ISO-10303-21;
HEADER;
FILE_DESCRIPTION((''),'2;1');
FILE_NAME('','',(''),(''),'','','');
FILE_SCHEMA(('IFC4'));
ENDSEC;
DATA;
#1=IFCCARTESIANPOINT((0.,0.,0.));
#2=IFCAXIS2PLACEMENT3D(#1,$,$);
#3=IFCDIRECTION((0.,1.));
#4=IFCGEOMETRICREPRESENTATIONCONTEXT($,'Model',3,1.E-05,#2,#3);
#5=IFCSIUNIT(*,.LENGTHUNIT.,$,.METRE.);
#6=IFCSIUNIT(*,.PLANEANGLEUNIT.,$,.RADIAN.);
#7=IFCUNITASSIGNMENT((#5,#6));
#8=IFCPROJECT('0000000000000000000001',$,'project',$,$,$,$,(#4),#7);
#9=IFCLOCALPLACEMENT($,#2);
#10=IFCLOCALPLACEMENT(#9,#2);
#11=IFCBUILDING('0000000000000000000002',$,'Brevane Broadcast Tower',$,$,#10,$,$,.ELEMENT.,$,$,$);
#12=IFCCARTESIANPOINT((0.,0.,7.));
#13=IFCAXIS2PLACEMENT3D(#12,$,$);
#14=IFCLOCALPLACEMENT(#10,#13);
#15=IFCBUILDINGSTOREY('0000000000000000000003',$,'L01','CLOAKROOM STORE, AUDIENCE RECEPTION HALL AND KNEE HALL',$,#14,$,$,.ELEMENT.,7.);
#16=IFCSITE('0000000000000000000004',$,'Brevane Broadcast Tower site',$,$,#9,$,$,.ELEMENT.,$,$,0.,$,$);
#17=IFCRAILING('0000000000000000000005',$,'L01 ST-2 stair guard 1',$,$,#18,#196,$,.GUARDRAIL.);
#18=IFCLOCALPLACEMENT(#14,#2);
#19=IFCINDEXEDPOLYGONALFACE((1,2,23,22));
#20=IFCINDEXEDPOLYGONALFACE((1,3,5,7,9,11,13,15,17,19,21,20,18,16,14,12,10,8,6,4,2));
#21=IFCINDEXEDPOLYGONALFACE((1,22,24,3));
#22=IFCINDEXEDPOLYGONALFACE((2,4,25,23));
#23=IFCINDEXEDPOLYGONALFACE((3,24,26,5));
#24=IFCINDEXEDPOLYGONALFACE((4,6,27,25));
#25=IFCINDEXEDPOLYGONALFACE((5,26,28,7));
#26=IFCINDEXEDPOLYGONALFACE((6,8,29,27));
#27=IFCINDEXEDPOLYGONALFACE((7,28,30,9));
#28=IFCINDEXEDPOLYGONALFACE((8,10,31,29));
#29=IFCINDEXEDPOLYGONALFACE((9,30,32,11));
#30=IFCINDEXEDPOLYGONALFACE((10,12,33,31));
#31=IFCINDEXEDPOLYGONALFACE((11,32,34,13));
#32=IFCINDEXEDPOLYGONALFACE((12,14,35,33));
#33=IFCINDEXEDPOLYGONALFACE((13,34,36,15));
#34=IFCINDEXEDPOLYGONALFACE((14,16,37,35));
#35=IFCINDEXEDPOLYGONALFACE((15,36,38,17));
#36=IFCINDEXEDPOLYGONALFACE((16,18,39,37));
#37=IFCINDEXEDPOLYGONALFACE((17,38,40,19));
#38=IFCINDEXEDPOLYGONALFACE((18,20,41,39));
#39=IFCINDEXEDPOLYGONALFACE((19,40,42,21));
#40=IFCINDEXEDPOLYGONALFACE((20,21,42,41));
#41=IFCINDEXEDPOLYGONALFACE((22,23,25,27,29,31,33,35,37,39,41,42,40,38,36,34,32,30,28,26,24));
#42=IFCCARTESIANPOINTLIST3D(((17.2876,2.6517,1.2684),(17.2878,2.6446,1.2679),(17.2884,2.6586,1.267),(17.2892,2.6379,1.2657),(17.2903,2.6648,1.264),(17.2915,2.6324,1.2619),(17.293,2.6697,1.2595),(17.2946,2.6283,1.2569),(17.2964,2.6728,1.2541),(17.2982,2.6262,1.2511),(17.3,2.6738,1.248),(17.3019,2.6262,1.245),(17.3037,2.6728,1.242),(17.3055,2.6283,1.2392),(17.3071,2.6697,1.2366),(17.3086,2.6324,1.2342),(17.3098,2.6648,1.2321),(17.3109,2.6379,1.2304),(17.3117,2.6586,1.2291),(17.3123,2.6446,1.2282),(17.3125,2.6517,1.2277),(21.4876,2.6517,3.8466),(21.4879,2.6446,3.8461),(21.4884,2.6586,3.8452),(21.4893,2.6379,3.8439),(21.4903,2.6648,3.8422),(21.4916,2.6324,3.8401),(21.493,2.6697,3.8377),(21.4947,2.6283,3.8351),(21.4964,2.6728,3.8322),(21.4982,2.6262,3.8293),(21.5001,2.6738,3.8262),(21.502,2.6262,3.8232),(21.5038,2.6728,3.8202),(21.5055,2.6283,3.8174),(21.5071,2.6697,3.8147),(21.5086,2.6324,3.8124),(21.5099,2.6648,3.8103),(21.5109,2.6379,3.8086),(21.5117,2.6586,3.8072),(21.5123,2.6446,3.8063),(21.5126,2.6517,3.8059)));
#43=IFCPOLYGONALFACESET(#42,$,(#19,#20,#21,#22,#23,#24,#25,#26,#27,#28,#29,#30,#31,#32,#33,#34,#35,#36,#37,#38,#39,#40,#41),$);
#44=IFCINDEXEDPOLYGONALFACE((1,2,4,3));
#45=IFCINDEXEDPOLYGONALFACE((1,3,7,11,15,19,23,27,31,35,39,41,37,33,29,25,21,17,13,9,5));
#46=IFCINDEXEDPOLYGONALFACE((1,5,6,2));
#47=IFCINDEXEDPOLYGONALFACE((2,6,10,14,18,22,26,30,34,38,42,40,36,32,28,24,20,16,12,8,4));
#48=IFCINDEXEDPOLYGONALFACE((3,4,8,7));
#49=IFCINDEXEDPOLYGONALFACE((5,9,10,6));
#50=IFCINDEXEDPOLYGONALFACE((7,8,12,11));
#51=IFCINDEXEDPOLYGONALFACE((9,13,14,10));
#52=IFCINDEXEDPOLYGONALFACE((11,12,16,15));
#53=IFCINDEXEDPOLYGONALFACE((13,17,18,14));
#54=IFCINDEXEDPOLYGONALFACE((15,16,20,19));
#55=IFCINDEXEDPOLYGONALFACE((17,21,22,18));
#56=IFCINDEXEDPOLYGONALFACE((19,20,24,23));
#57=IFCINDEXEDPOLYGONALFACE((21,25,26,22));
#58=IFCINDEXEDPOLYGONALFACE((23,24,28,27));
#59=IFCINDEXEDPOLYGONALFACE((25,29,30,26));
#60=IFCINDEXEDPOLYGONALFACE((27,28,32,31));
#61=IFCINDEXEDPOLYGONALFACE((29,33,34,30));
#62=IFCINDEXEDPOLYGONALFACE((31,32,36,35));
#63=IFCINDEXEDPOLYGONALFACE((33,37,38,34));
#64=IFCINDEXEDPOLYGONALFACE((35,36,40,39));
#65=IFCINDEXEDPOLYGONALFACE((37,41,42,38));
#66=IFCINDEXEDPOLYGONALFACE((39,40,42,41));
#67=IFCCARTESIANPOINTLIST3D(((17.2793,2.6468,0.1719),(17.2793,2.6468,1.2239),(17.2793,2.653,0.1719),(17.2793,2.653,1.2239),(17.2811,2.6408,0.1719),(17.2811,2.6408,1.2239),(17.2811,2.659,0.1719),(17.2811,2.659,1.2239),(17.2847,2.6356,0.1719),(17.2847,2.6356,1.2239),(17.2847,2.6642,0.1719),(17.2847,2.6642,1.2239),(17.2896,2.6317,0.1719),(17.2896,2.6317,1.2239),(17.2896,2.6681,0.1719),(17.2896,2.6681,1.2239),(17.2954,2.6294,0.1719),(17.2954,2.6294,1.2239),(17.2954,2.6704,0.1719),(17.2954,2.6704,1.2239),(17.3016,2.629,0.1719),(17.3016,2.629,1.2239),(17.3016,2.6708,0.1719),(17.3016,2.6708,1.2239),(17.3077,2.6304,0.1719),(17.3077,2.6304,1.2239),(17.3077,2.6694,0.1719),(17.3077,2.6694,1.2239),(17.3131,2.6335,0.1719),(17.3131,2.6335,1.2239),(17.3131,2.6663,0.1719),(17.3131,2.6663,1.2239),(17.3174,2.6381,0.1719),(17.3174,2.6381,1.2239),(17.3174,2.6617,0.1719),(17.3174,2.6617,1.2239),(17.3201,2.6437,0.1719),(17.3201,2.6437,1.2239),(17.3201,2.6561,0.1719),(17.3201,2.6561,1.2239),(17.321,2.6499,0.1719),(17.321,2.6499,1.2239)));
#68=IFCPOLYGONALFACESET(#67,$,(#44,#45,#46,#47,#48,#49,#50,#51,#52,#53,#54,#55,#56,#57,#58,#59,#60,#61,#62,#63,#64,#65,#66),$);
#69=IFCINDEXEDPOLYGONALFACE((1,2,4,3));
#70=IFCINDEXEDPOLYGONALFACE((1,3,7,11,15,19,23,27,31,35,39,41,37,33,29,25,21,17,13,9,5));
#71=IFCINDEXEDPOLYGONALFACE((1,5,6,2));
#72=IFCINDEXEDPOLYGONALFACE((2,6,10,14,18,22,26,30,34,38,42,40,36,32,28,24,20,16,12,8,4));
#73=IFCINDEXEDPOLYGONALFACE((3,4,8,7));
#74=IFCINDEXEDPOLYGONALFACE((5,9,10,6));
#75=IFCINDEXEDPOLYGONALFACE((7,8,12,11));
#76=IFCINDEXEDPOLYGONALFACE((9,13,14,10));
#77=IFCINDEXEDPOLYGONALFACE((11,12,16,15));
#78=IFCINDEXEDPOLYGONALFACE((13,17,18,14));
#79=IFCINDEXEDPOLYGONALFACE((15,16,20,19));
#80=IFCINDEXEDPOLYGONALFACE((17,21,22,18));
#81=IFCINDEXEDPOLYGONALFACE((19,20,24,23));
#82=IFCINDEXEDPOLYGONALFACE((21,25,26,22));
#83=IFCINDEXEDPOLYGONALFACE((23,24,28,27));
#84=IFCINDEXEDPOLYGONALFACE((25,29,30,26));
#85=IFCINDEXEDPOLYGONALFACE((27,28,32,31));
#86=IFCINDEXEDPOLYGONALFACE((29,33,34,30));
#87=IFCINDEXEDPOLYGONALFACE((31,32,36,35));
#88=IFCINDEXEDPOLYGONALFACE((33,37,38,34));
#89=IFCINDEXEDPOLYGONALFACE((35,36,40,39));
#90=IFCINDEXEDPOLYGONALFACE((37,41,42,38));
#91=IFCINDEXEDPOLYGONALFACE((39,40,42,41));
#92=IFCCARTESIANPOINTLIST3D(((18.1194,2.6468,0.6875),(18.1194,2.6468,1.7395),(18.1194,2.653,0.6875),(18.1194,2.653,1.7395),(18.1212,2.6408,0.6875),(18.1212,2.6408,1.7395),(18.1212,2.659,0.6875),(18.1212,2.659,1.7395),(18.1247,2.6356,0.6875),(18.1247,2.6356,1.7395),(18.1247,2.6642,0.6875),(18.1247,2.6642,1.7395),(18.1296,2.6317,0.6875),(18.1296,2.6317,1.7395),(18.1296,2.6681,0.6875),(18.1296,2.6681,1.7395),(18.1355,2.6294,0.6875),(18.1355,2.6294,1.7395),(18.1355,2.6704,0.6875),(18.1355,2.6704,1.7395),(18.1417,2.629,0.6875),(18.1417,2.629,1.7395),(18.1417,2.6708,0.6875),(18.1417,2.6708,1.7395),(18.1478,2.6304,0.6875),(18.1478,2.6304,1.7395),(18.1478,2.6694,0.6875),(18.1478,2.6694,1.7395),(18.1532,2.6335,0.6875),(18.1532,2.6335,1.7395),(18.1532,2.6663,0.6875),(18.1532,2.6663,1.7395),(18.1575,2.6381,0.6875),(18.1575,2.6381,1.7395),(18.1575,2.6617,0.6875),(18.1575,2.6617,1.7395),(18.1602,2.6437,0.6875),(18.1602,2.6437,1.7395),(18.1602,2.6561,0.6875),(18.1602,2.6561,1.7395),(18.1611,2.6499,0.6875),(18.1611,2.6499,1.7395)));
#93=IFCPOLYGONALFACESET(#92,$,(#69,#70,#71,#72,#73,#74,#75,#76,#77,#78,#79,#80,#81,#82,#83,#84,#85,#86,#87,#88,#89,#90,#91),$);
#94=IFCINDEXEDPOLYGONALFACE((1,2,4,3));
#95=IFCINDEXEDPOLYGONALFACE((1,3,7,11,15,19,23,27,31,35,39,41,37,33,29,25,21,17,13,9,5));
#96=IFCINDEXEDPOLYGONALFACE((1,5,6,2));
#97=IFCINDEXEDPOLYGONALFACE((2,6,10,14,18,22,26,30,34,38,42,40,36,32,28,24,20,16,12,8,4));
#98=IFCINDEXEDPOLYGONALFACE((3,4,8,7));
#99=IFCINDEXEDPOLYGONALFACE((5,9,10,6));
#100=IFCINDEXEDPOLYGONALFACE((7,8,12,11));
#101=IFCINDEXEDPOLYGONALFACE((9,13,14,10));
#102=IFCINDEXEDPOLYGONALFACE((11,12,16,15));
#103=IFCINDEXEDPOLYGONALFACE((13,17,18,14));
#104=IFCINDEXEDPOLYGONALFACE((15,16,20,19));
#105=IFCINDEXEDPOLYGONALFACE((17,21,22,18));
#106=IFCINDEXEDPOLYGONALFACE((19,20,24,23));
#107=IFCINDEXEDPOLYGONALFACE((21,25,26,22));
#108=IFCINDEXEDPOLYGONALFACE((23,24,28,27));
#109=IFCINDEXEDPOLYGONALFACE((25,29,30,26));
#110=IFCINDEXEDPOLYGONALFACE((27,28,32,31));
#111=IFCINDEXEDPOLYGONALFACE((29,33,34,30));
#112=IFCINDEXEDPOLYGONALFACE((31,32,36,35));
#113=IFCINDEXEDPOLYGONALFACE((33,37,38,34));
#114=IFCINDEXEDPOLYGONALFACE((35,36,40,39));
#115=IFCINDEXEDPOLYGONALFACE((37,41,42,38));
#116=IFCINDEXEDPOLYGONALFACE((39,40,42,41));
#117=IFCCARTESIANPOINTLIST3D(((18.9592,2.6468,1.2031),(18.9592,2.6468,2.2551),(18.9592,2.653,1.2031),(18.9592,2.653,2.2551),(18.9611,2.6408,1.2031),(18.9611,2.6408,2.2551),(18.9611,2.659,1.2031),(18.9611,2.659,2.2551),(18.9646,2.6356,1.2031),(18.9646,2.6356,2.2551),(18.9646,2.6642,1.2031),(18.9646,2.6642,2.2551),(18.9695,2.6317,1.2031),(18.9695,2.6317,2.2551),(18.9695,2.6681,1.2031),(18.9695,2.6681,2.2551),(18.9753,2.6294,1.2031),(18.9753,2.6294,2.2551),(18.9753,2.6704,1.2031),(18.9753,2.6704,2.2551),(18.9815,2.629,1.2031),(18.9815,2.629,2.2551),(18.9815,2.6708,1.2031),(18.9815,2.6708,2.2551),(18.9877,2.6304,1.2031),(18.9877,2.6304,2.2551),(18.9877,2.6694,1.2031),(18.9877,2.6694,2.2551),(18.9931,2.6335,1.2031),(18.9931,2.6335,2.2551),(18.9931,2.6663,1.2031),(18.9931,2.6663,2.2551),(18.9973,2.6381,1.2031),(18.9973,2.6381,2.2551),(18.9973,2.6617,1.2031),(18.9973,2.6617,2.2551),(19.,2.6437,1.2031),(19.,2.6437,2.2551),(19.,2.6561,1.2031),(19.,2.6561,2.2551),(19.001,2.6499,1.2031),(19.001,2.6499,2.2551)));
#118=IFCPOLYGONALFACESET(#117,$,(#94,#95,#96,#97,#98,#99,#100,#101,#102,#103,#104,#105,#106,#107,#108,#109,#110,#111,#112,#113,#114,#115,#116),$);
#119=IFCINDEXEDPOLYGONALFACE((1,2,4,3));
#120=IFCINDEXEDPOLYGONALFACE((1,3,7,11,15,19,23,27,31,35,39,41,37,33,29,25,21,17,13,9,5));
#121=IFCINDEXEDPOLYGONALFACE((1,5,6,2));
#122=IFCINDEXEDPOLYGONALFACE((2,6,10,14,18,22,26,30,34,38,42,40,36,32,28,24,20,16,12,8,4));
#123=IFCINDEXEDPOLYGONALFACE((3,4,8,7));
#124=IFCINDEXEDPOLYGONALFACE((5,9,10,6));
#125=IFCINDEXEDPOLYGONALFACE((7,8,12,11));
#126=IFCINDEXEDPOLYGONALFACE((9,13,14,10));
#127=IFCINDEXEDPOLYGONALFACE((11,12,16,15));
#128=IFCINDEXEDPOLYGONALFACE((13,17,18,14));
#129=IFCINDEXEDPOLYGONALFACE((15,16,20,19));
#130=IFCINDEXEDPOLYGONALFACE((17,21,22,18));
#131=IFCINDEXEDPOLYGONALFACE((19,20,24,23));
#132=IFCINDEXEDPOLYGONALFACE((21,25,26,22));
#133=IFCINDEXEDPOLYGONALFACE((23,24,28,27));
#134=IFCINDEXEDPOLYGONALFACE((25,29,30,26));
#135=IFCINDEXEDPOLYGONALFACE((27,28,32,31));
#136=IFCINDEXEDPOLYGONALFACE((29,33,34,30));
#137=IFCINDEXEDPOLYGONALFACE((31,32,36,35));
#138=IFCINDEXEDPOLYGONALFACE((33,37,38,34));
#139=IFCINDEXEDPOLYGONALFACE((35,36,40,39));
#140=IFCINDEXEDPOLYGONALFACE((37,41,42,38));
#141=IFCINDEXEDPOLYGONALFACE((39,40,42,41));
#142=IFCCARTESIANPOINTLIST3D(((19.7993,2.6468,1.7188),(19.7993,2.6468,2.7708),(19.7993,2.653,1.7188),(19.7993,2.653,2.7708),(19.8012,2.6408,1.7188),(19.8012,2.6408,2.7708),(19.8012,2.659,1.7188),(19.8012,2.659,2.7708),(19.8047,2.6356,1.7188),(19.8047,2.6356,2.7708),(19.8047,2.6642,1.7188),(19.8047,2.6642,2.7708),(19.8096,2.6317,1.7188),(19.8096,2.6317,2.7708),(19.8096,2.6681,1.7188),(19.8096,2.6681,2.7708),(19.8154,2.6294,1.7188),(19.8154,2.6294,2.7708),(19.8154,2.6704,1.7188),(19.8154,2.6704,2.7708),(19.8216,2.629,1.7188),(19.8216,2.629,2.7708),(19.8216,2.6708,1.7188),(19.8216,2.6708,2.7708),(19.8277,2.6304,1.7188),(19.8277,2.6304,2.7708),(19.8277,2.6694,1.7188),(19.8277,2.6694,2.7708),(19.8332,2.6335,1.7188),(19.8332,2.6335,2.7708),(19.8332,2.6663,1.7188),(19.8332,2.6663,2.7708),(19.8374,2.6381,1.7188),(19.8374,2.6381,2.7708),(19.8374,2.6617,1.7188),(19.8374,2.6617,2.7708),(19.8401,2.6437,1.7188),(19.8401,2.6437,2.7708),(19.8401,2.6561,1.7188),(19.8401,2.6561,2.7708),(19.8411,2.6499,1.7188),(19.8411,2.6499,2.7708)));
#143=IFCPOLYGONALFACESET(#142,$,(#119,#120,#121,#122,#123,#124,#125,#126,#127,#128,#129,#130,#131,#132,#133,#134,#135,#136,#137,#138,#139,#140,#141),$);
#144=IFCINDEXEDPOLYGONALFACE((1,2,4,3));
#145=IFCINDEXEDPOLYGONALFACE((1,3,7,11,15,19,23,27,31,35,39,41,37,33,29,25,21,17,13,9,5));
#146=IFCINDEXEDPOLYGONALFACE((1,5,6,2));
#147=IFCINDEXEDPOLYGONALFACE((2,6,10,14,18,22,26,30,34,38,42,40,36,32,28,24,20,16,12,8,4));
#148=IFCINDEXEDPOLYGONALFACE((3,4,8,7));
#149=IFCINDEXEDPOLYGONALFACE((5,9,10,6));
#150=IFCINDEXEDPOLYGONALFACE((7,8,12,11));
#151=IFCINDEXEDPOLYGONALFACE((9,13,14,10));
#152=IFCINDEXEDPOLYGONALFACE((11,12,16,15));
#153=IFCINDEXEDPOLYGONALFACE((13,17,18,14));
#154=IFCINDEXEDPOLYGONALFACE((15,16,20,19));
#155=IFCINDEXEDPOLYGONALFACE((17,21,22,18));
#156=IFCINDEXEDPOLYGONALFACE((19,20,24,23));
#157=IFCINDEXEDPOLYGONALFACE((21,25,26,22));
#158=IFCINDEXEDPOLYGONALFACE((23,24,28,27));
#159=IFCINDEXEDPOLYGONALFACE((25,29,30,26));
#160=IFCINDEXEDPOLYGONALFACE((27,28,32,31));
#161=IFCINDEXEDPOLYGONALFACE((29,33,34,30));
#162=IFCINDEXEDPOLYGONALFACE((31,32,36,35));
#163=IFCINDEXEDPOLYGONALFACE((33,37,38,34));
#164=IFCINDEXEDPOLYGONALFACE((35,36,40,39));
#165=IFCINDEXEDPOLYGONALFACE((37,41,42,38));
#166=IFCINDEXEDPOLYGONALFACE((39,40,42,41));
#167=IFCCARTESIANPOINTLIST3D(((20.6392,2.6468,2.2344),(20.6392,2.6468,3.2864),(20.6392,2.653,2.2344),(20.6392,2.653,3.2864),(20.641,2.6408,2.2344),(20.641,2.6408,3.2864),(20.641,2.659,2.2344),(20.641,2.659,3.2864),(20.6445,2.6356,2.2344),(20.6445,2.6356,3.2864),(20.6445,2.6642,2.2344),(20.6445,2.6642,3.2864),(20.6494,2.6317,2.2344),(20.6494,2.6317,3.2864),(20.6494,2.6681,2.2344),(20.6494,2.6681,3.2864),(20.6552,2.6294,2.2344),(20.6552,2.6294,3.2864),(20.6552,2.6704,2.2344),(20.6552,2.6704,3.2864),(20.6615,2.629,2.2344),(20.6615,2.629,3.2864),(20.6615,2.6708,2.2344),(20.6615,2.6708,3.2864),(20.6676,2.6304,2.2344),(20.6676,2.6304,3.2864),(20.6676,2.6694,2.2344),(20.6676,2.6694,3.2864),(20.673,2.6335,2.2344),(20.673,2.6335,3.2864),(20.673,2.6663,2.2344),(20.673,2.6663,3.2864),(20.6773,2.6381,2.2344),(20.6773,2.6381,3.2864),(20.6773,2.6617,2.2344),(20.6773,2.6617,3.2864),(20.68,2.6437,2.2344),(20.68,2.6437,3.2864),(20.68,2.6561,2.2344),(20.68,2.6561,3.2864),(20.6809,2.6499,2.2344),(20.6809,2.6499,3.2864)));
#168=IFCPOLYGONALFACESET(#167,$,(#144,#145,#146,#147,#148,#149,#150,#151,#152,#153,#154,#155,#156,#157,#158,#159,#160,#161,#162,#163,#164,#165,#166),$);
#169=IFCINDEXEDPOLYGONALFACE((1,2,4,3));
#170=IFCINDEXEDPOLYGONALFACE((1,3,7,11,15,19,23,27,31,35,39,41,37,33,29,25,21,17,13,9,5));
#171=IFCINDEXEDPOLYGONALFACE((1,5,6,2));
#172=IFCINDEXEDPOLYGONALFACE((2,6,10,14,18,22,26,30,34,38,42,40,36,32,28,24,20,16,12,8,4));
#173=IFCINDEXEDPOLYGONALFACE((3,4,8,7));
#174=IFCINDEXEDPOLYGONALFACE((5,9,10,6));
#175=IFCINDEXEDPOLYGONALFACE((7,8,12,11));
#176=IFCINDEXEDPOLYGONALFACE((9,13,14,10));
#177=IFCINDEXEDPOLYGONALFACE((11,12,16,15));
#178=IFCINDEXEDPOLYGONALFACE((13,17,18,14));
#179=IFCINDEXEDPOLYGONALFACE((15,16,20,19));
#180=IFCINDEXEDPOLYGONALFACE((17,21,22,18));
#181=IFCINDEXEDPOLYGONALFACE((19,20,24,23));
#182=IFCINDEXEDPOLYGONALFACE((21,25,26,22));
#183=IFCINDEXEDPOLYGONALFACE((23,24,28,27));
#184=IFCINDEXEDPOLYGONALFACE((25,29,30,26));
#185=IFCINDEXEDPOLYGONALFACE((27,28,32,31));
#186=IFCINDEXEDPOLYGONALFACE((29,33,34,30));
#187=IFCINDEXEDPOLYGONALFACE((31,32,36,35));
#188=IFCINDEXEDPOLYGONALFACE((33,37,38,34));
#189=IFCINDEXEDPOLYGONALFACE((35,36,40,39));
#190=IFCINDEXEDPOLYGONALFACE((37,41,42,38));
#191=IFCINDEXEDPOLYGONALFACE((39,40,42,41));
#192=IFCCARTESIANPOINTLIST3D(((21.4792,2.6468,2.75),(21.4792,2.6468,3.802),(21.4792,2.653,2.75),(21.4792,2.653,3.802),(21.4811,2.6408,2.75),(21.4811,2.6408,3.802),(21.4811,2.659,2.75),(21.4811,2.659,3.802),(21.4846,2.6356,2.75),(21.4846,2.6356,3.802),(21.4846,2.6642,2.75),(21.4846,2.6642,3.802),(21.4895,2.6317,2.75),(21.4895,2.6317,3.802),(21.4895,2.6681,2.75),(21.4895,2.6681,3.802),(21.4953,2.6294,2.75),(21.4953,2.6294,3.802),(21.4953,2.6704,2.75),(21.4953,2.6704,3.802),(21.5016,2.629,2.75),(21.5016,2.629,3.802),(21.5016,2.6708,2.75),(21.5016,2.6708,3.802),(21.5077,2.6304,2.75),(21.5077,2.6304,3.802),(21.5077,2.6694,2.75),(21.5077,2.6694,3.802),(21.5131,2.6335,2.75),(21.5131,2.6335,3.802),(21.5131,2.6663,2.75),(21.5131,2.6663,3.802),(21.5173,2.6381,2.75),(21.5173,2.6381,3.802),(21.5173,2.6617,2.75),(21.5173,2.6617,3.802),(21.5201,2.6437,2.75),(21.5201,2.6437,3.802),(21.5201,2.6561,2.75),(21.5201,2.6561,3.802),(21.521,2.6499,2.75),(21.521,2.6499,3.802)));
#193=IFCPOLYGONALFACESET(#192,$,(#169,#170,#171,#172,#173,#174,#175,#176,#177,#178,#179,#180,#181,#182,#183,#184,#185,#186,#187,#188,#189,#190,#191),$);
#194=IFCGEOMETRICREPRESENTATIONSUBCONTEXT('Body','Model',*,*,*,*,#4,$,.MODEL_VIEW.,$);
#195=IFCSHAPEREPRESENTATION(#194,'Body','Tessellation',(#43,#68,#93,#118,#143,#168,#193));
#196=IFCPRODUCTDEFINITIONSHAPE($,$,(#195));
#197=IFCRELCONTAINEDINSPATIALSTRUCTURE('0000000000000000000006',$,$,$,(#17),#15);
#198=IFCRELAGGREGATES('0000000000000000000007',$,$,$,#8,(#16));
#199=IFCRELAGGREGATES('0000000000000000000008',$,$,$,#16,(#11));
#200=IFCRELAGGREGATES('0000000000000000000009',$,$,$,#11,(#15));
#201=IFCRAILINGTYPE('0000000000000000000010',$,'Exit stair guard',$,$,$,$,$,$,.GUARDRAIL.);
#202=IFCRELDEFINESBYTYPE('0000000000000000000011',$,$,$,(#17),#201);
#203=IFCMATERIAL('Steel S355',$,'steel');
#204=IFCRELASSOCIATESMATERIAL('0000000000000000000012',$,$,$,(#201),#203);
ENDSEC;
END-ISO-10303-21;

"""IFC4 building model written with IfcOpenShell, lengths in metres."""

from ifc_helpers import new_model, si_unit, direction, frame, origin, origin_2d, place, context, subcontext, project, spatial, circle, extrude, material, type_object, element, save


model = new_model("IFC4")

# Units and contexts
model_context = context("Model", 3, precision=1e-05, world=origin(), true_north=direction((0.0, 1.0)))
body_context = subcontext(model_context, "Body", "Model", "MODEL_VIEW")
ifc_project = project(units=[si_unit("LENGTHUNIT", "METRE"), si_unit("PLANEANGLEUNIT", "RADIAN")], contexts=[model_context])

# Site, building, storey
site_placement = place(None, origin())
site = spatial("IfcSite", under=ifc_project, at=site_placement, Name="Brevane Broadcast Tower site", CompositionType="ELEMENT", RefElevation=0.0)
building_placement = place(site_placement, origin())
building = spatial("IfcBuilding", under=site, at=building_placement, Name="Brevane Broadcast Tower", CompositionType="ELEMENT")
storey_placement = place(building_placement, frame((0.0, 0.0, 7.0)))
storey = spatial("IfcBuildingStorey", under=building, at=storey_placement, Name="L01", Description="CLOAKROOM STORE, AUDIENCE RECEPTION HALL AND KNEE HALL", CompositionType="ELEMENT", Elevation=7.0)

# Railing
ifc_material_1 = material(Name="Steel S355", Category="steel")
railing_type_1 = type_object("IfcRailingType", Name="Exit stair guard", PredefinedType="GUARDRAIL", material=ifc_material_1)
railing_1_placement = place(storey_placement, frame((17.3, 2.6499, 0.1719)))
element("IfcRailing", 1, at=railing_1_placement, inside=storey, type_object=railing_type_1, Name="L01 ST-2 stair guard 1", PredefinedType="GUARDRAIL", context=body_context, shape_type="SweptSolid", body=[
    extrude(circle(Radius=0.0239, at=origin_2d()), frame((0.0, 0.0, 1.0762), z_axis=(0.852243, 0.0, 0.523146), x_axis=(0.0, 1.0, 0.0)), (0.0, 0.0, 1.0), 4.9282),
    extrude(circle(Radius=0.021, at=origin_2d()), origin(), (0.0, 0.0, 1.0), 1.052),
    extrude(circle(Radius=0.021, at=origin_2d()), frame((0.8401, 0.0, 0.5156)), (0.0, 0.0, 1.0), 1.052),
    extrude(circle(Radius=0.021, at=origin_2d()), frame((1.6799, 0.0, 1.0312)), (0.0, 0.0, 1.0), 1.052),
    extrude(circle(Radius=0.021, at=origin_2d()), frame((2.52, 0.0, 1.5469)), (0.0, 0.0, 1.0), 1.052),
    extrude(circle(Radius=0.021, at=origin_2d()), frame((3.3599, 0.0, 2.0625)), (0.0, 0.0, 1.0), 1.052),
    extrude(circle(Radius=0.021, at=origin_2d()), frame((4.2, 0.0, 2.5781)), (0.0, 0.0, 1.0), 1.052),
])

save(model, "model.ifc")
